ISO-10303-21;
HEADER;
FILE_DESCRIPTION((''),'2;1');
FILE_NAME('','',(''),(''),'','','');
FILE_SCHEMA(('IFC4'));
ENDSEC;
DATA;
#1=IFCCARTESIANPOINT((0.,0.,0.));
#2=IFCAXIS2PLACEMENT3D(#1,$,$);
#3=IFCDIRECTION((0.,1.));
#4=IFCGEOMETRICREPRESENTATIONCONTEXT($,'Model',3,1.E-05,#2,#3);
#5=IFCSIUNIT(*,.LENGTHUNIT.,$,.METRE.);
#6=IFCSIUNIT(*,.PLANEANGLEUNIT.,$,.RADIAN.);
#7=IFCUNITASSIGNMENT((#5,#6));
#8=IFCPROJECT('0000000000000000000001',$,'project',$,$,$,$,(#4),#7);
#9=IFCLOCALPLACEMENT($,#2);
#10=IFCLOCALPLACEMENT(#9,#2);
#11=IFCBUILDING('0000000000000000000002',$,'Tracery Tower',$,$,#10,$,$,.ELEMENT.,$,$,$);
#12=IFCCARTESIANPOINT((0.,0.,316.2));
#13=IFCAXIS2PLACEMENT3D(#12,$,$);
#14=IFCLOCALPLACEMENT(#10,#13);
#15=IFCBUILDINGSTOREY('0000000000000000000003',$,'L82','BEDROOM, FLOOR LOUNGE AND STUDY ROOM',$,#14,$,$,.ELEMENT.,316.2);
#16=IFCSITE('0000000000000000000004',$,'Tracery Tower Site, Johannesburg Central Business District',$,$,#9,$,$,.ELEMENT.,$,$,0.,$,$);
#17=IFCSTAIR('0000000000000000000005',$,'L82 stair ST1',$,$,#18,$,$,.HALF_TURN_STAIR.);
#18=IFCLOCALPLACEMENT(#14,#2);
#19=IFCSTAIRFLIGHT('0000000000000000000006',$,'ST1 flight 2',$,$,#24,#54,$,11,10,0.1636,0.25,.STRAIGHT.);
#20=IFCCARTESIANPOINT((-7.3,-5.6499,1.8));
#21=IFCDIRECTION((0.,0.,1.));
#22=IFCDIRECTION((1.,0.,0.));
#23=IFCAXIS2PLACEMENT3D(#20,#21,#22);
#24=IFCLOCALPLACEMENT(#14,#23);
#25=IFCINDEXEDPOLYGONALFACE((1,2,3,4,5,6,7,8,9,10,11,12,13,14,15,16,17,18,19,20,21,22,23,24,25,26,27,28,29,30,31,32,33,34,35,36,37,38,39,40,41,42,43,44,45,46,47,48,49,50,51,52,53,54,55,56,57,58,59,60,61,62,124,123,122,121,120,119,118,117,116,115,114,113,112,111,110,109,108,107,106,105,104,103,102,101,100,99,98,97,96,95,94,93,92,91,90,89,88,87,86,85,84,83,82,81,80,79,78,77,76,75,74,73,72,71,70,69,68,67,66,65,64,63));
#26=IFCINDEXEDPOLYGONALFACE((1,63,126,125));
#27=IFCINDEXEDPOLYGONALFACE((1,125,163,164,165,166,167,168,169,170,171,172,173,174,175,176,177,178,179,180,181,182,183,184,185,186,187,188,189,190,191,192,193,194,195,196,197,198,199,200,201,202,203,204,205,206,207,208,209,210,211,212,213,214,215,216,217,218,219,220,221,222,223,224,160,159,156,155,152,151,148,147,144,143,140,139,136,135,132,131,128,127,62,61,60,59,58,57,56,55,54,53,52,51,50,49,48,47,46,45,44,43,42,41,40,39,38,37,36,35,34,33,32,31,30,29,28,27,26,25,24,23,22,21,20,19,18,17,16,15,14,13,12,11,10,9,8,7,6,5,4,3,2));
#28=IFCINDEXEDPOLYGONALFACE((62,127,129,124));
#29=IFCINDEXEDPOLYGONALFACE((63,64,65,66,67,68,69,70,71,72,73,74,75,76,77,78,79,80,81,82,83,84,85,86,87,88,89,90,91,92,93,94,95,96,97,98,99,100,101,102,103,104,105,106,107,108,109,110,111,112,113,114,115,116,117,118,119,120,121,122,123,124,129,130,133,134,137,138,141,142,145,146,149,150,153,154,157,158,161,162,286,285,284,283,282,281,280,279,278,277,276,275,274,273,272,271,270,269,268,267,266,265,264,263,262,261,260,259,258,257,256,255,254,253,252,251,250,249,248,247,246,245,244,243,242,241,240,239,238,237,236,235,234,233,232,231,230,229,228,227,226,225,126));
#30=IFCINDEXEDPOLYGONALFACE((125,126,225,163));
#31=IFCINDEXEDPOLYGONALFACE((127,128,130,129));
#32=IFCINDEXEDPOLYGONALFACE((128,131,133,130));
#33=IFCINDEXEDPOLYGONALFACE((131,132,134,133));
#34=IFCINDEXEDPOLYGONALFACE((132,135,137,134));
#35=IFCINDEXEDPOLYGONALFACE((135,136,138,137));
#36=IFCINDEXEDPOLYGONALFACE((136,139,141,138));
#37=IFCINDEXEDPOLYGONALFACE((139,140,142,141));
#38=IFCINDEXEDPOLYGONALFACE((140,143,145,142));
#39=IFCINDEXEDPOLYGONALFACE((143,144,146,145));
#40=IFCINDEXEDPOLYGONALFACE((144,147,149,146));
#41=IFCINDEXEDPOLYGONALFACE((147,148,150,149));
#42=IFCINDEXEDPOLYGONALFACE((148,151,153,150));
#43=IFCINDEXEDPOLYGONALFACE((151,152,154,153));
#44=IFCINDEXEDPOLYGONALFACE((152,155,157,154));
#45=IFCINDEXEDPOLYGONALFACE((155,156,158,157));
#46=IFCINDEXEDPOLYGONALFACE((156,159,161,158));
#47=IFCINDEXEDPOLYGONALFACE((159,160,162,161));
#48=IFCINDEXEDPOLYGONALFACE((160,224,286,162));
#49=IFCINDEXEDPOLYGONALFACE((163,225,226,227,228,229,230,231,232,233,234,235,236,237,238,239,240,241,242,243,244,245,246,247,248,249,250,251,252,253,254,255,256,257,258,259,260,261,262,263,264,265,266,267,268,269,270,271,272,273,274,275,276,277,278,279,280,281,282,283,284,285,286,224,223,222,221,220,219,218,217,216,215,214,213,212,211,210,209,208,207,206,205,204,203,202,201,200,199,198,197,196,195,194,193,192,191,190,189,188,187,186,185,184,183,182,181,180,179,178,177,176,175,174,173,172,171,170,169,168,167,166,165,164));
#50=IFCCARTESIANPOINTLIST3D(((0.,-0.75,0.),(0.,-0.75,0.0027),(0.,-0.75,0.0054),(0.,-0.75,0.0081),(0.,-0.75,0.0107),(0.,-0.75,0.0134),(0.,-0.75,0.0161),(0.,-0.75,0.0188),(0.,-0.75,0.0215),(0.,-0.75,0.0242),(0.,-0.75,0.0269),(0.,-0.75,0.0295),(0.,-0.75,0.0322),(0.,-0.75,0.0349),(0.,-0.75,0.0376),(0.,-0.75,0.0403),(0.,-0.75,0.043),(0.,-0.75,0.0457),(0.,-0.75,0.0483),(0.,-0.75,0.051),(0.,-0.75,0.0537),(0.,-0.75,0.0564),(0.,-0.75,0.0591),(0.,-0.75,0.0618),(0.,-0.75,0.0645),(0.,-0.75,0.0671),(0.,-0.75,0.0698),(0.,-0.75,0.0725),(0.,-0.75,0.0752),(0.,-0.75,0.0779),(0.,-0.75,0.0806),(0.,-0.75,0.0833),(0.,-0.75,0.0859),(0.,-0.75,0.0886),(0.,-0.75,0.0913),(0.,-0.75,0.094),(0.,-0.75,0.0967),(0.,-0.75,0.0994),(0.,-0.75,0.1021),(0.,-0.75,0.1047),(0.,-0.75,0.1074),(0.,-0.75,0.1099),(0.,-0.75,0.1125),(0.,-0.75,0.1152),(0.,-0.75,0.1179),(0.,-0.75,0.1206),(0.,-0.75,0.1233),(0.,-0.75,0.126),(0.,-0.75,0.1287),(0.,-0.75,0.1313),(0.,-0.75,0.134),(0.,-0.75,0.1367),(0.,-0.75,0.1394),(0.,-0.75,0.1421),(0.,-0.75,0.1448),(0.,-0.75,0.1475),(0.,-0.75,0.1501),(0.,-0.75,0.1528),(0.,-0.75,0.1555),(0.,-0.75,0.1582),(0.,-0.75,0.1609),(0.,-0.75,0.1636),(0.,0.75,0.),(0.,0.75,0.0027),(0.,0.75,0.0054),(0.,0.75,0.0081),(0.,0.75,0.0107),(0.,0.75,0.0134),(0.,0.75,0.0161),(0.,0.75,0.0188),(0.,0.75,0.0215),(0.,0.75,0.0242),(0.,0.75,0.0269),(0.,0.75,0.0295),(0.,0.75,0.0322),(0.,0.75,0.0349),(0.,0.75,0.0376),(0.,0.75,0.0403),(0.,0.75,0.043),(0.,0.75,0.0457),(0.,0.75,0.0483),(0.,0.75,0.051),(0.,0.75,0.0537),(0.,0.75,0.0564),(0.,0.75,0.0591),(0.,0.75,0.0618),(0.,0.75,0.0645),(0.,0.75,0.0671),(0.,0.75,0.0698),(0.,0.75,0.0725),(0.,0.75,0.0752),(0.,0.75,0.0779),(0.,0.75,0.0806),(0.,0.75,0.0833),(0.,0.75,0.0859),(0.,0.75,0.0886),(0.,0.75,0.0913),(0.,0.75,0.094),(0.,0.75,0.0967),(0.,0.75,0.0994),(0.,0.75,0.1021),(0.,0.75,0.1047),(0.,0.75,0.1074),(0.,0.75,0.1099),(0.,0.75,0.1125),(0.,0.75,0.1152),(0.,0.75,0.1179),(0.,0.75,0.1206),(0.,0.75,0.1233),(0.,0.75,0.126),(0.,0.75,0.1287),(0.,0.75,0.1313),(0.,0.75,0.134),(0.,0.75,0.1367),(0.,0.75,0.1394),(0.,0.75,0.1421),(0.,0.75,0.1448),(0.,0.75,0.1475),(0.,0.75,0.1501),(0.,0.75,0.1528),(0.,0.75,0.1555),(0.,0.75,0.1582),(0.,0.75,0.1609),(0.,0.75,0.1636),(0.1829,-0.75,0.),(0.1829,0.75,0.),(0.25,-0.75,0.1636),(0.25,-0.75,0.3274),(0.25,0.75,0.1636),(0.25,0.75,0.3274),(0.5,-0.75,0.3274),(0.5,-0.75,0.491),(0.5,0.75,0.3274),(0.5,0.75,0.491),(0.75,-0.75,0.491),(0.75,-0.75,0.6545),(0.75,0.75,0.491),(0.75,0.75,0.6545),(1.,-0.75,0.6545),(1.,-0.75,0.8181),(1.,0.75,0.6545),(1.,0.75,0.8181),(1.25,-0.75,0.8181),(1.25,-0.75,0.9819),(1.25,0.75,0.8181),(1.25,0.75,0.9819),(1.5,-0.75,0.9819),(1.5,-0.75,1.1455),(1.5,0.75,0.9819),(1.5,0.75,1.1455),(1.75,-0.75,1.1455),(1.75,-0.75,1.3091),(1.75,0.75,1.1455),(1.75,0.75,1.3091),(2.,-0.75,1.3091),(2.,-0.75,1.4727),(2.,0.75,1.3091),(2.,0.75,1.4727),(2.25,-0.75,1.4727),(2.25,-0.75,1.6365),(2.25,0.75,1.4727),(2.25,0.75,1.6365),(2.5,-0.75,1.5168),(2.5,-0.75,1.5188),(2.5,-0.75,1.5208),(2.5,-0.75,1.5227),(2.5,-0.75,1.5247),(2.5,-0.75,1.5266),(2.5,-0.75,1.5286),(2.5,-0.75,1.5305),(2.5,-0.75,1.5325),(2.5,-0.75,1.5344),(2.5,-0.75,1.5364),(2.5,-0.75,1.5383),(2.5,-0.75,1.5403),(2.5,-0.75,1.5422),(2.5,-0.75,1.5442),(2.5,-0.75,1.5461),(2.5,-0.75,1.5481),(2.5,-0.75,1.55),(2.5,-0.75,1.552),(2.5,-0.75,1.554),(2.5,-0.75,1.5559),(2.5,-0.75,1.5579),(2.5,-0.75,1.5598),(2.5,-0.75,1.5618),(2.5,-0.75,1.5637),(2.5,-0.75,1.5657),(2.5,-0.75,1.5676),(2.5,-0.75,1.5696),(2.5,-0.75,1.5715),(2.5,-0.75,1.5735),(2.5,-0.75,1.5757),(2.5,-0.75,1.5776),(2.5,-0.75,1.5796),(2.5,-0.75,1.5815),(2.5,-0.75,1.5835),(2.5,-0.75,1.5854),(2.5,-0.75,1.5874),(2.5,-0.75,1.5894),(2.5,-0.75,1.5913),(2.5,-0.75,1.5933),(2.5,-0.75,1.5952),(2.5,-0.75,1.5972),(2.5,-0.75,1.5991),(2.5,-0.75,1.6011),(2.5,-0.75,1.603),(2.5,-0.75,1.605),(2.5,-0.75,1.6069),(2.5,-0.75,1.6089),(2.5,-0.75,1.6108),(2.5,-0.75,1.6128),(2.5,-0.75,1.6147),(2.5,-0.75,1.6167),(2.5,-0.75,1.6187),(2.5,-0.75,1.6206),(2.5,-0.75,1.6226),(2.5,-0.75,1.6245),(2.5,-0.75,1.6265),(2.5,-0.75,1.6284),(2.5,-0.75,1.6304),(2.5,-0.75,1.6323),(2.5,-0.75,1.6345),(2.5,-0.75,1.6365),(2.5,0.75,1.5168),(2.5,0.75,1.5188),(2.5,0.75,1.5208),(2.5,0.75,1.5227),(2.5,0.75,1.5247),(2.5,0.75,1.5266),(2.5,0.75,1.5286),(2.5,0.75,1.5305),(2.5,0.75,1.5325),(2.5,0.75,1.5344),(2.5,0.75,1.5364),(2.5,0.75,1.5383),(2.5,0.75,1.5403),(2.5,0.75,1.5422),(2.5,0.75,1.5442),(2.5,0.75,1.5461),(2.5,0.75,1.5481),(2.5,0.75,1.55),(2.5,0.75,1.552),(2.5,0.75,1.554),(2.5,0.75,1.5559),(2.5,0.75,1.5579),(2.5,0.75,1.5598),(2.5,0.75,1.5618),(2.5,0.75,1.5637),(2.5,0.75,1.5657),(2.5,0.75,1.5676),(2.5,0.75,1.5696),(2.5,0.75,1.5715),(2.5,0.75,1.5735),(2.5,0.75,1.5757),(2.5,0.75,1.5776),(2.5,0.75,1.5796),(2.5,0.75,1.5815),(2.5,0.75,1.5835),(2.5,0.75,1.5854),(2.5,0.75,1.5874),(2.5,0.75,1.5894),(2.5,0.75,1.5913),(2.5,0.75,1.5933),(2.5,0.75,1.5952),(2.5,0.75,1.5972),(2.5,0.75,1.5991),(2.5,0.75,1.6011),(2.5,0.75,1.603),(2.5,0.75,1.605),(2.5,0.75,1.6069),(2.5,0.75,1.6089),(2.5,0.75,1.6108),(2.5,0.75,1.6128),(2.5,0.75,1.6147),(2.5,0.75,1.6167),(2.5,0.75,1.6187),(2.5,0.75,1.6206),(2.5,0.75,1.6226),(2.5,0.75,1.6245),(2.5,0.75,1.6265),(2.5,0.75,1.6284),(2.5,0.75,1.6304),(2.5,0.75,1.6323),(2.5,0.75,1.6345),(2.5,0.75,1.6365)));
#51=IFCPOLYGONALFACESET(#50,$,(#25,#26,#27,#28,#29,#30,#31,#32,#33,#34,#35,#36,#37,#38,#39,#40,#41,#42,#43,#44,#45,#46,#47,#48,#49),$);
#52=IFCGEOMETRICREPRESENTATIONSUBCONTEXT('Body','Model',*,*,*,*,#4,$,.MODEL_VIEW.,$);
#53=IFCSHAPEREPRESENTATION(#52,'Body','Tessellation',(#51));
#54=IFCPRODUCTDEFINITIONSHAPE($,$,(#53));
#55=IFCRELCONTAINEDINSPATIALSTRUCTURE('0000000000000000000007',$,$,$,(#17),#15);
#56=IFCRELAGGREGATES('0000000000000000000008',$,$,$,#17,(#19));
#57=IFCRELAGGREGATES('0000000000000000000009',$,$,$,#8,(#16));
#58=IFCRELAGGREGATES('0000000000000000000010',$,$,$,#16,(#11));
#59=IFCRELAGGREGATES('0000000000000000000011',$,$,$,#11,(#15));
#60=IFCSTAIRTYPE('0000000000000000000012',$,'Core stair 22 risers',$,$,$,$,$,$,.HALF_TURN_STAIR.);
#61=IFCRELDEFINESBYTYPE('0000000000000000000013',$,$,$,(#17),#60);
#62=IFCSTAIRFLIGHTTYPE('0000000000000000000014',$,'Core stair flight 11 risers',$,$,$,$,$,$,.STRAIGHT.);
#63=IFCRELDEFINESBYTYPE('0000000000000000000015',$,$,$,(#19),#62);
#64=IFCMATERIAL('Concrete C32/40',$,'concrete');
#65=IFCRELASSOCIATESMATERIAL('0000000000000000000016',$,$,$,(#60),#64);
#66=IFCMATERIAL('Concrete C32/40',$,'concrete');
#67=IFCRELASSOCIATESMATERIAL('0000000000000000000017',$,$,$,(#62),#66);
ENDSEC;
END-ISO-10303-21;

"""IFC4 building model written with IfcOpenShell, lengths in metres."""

from ifc_helpers import new_model, si_unit, direction, frame, origin, place, context, subcontext, project, spatial, polyline, outline, extrude, material, type_object, element, aggregate, save


model = new_model("IFC4")

# Units and contexts
model_context = context("Model", 3, precision=1e-05, world=origin(), true_north=direction((0.0, 1.0)))
body_context = subcontext(model_context, "Body", "Model", "MODEL_VIEW")
ifc_project = project(units=[si_unit("LENGTHUNIT", "METRE"), si_unit("PLANEANGLEUNIT", "RADIAN")], contexts=[model_context])

# Site, building, storey
site_placement = place(None, origin())
site = spatial("IfcSite", under=ifc_project, at=site_placement, Name="Tracery Tower Site, Johannesburg Central Business District", CompositionType="ELEMENT", RefElevation=0.0)
building_placement = place(site_placement, origin())
building = spatial("IfcBuilding", under=site, at=building_placement, Name="Tracery Tower", CompositionType="ELEMENT")
storey_placement = place(building_placement, frame((0.0, 0.0, 316.2)))
storey = spatial("IfcBuildingStorey", under=building, at=storey_placement, Name="L82", Description="BEDROOM, FLOOR LOUNGE AND STUDY ROOM", CompositionType="ELEMENT", Elevation=316.2)

# Stair, stair flight
ifc_material_1 = material(Name="Concrete C32/40", Category="concrete")
stair_type = type_object("IfcStairType", Name="Core stair 22 risers", PredefinedType="HALF_TURN_STAIR", material=ifc_material_1)
stair_placement = place(storey_placement, origin())
stair = element("IfcStair", 1, at=stair_placement, inside=storey, type_object=stair_type, Name="L82 stair ST1", PredefinedType="HALF_TURN_STAIR")
ifc_material_2 = material(Name="Concrete C32/40", Category="concrete")
stair_flight_type = type_object("IfcStairFlightType", Name="Core stair flight 11 risers", PredefinedType="STRAIGHT", material=ifc_material_2)
stair_flight_1_placement = place(storey_placement, frame((-7.3, -5.6499, 1.8), z_axis=(0.0, 0.0, 1.0), x_axis=(1.0, 0.0, 0.0)))
stair_flight_1 = element("IfcStairFlight", 2, at=stair_flight_1_placement, type_object=stair_flight_type, Name="ST1 flight 2", NumberOfRisers=11, NumberOfTreads=10, PredefinedType="STRAIGHT", RiserHeight=0.1636, TreadLength=0.25, context=body_context, shape_type="SweptSolid", body=[
    extrude(outline(polyline([(0.0, 0.0), (0.0, 0.0027), (0.0, 0.0054), (0.0, 0.0081), (0.0, 0.0107), (0.0, 0.0134), (0.0, 0.0161), (0.0, 0.0188), (0.0, 0.0215), (0.0, 0.0242), (0.0, 0.0269), (0.0, 0.0295), (0.0, 0.0322), (0.0, 0.0349), (0.0, 0.0376), (0.0, 0.0403), (0.0, 0.043), (0.0, 0.0457), (0.0, 0.0483), (0.0, 0.051), (0.0, 0.0537), (0.0, 0.0564), (0.0, 0.0591), (0.0, 0.0618), (0.0, 0.0645), (0.0, 0.0671), (0.0, 0.0698), (0.0, 0.0725), (0.0, 0.0752), (0.0, 0.0779), (0.0, 0.0806), (0.0, 0.0833), (0.0, 0.0859), (0.0, 0.0886), (0.0, 0.0913), (0.0, 0.094), (0.0, 0.0967), (0.0, 0.0994), (0.0, 0.1021), (0.0, 0.1047), (0.0, 0.1074), (0.0, 0.1099), (0.0, 0.1125), (0.0, 0.1152), (0.0, 0.1179), (0.0, 0.1206), (0.0, 0.1233), (0.0, 0.126), (0.0, 0.1287), (0.0, 0.1313), (0.0, 0.134), (0.0, 0.1367), (0.0, 0.1394), (0.0, 0.1421), (0.0, 0.1448), (0.0, 0.1475), (0.0, 0.1501), (0.0, 0.1528), (0.0, 0.1555), (0.0, 0.1582), (0.0, 0.1609), (0.0, 0.1636), (0.25, 0.1636), (0.25, 0.3274), (0.5, 0.3274), (0.5, 0.491), (0.75, 0.491), (0.75, 0.6545), (1.0, 0.6545), (1.0, 0.8181), (1.25, 0.8181), (1.25, 0.9819), (1.5, 0.9819), (1.5, 1.1455), (1.75, 1.1455), (1.75, 1.3091), (2.0, 1.3091), (2.0, 1.4727), (2.25, 1.4727), (2.25, 1.6365), (2.5, 1.6365), (2.5, 1.6345), (2.5, 1.6323), (2.5, 1.6304), (2.5, 1.6284), (2.5, 1.6265), (2.5, 1.6245), (2.5, 1.6226), (2.5, 1.6206), (2.5, 1.6187), (2.5, 1.6167), (2.5, 1.6147), (2.5, 1.6128), (2.5, 1.6108), (2.5, 1.6089), (2.5, 1.6069), (2.5, 1.605), (2.5, 1.603), (2.5, 1.6011), (2.5, 1.5991), (2.5, 1.5972), (2.5, 1.5952), (2.5, 1.5933), (2.5, 1.5913), (2.5, 1.5894), (2.5, 1.5874), (2.5, 1.5854), (2.5, 1.5835), (2.5, 1.5815), (2.5, 1.5796), (2.5, 1.5776), (2.5, 1.5757), (2.5, 1.5735), (2.5, 1.5715), (2.5, 1.5696), (2.5, 1.5676), (2.5, 1.5657), (2.5, 1.5637), (2.5, 1.5618), (2.5, 1.5598), (2.5, 1.5579), (2.5, 1.5559), (2.5, 1.554), (2.5, 1.552), (2.5, 1.55), (2.5, 1.5481), (2.5, 1.5461), (2.5, 1.5442), (2.5, 1.5422), (2.5, 1.5403), (2.5, 1.5383), (2.5, 1.5364), (2.5, 1.5344), (2.5, 1.5325), (2.5, 1.5305), (2.5, 1.5286), (2.5, 1.5266), (2.5, 1.5247), (2.5, 1.5227), (2.5, 1.5208), (2.5, 1.5188), (2.5, 1.5168), (0.1829, 0.0), (0.0, 0.0)])), frame((0.0, 0.75, 0.0), z_axis=(0.0, -1.0, 0.0), x_axis=(1.0, 0.0, 0.0)), (0.0, 0.0, 1.0), 1.5),
])
aggregate(stair, [stair_flight_1])

save(model, "model.ifc")
